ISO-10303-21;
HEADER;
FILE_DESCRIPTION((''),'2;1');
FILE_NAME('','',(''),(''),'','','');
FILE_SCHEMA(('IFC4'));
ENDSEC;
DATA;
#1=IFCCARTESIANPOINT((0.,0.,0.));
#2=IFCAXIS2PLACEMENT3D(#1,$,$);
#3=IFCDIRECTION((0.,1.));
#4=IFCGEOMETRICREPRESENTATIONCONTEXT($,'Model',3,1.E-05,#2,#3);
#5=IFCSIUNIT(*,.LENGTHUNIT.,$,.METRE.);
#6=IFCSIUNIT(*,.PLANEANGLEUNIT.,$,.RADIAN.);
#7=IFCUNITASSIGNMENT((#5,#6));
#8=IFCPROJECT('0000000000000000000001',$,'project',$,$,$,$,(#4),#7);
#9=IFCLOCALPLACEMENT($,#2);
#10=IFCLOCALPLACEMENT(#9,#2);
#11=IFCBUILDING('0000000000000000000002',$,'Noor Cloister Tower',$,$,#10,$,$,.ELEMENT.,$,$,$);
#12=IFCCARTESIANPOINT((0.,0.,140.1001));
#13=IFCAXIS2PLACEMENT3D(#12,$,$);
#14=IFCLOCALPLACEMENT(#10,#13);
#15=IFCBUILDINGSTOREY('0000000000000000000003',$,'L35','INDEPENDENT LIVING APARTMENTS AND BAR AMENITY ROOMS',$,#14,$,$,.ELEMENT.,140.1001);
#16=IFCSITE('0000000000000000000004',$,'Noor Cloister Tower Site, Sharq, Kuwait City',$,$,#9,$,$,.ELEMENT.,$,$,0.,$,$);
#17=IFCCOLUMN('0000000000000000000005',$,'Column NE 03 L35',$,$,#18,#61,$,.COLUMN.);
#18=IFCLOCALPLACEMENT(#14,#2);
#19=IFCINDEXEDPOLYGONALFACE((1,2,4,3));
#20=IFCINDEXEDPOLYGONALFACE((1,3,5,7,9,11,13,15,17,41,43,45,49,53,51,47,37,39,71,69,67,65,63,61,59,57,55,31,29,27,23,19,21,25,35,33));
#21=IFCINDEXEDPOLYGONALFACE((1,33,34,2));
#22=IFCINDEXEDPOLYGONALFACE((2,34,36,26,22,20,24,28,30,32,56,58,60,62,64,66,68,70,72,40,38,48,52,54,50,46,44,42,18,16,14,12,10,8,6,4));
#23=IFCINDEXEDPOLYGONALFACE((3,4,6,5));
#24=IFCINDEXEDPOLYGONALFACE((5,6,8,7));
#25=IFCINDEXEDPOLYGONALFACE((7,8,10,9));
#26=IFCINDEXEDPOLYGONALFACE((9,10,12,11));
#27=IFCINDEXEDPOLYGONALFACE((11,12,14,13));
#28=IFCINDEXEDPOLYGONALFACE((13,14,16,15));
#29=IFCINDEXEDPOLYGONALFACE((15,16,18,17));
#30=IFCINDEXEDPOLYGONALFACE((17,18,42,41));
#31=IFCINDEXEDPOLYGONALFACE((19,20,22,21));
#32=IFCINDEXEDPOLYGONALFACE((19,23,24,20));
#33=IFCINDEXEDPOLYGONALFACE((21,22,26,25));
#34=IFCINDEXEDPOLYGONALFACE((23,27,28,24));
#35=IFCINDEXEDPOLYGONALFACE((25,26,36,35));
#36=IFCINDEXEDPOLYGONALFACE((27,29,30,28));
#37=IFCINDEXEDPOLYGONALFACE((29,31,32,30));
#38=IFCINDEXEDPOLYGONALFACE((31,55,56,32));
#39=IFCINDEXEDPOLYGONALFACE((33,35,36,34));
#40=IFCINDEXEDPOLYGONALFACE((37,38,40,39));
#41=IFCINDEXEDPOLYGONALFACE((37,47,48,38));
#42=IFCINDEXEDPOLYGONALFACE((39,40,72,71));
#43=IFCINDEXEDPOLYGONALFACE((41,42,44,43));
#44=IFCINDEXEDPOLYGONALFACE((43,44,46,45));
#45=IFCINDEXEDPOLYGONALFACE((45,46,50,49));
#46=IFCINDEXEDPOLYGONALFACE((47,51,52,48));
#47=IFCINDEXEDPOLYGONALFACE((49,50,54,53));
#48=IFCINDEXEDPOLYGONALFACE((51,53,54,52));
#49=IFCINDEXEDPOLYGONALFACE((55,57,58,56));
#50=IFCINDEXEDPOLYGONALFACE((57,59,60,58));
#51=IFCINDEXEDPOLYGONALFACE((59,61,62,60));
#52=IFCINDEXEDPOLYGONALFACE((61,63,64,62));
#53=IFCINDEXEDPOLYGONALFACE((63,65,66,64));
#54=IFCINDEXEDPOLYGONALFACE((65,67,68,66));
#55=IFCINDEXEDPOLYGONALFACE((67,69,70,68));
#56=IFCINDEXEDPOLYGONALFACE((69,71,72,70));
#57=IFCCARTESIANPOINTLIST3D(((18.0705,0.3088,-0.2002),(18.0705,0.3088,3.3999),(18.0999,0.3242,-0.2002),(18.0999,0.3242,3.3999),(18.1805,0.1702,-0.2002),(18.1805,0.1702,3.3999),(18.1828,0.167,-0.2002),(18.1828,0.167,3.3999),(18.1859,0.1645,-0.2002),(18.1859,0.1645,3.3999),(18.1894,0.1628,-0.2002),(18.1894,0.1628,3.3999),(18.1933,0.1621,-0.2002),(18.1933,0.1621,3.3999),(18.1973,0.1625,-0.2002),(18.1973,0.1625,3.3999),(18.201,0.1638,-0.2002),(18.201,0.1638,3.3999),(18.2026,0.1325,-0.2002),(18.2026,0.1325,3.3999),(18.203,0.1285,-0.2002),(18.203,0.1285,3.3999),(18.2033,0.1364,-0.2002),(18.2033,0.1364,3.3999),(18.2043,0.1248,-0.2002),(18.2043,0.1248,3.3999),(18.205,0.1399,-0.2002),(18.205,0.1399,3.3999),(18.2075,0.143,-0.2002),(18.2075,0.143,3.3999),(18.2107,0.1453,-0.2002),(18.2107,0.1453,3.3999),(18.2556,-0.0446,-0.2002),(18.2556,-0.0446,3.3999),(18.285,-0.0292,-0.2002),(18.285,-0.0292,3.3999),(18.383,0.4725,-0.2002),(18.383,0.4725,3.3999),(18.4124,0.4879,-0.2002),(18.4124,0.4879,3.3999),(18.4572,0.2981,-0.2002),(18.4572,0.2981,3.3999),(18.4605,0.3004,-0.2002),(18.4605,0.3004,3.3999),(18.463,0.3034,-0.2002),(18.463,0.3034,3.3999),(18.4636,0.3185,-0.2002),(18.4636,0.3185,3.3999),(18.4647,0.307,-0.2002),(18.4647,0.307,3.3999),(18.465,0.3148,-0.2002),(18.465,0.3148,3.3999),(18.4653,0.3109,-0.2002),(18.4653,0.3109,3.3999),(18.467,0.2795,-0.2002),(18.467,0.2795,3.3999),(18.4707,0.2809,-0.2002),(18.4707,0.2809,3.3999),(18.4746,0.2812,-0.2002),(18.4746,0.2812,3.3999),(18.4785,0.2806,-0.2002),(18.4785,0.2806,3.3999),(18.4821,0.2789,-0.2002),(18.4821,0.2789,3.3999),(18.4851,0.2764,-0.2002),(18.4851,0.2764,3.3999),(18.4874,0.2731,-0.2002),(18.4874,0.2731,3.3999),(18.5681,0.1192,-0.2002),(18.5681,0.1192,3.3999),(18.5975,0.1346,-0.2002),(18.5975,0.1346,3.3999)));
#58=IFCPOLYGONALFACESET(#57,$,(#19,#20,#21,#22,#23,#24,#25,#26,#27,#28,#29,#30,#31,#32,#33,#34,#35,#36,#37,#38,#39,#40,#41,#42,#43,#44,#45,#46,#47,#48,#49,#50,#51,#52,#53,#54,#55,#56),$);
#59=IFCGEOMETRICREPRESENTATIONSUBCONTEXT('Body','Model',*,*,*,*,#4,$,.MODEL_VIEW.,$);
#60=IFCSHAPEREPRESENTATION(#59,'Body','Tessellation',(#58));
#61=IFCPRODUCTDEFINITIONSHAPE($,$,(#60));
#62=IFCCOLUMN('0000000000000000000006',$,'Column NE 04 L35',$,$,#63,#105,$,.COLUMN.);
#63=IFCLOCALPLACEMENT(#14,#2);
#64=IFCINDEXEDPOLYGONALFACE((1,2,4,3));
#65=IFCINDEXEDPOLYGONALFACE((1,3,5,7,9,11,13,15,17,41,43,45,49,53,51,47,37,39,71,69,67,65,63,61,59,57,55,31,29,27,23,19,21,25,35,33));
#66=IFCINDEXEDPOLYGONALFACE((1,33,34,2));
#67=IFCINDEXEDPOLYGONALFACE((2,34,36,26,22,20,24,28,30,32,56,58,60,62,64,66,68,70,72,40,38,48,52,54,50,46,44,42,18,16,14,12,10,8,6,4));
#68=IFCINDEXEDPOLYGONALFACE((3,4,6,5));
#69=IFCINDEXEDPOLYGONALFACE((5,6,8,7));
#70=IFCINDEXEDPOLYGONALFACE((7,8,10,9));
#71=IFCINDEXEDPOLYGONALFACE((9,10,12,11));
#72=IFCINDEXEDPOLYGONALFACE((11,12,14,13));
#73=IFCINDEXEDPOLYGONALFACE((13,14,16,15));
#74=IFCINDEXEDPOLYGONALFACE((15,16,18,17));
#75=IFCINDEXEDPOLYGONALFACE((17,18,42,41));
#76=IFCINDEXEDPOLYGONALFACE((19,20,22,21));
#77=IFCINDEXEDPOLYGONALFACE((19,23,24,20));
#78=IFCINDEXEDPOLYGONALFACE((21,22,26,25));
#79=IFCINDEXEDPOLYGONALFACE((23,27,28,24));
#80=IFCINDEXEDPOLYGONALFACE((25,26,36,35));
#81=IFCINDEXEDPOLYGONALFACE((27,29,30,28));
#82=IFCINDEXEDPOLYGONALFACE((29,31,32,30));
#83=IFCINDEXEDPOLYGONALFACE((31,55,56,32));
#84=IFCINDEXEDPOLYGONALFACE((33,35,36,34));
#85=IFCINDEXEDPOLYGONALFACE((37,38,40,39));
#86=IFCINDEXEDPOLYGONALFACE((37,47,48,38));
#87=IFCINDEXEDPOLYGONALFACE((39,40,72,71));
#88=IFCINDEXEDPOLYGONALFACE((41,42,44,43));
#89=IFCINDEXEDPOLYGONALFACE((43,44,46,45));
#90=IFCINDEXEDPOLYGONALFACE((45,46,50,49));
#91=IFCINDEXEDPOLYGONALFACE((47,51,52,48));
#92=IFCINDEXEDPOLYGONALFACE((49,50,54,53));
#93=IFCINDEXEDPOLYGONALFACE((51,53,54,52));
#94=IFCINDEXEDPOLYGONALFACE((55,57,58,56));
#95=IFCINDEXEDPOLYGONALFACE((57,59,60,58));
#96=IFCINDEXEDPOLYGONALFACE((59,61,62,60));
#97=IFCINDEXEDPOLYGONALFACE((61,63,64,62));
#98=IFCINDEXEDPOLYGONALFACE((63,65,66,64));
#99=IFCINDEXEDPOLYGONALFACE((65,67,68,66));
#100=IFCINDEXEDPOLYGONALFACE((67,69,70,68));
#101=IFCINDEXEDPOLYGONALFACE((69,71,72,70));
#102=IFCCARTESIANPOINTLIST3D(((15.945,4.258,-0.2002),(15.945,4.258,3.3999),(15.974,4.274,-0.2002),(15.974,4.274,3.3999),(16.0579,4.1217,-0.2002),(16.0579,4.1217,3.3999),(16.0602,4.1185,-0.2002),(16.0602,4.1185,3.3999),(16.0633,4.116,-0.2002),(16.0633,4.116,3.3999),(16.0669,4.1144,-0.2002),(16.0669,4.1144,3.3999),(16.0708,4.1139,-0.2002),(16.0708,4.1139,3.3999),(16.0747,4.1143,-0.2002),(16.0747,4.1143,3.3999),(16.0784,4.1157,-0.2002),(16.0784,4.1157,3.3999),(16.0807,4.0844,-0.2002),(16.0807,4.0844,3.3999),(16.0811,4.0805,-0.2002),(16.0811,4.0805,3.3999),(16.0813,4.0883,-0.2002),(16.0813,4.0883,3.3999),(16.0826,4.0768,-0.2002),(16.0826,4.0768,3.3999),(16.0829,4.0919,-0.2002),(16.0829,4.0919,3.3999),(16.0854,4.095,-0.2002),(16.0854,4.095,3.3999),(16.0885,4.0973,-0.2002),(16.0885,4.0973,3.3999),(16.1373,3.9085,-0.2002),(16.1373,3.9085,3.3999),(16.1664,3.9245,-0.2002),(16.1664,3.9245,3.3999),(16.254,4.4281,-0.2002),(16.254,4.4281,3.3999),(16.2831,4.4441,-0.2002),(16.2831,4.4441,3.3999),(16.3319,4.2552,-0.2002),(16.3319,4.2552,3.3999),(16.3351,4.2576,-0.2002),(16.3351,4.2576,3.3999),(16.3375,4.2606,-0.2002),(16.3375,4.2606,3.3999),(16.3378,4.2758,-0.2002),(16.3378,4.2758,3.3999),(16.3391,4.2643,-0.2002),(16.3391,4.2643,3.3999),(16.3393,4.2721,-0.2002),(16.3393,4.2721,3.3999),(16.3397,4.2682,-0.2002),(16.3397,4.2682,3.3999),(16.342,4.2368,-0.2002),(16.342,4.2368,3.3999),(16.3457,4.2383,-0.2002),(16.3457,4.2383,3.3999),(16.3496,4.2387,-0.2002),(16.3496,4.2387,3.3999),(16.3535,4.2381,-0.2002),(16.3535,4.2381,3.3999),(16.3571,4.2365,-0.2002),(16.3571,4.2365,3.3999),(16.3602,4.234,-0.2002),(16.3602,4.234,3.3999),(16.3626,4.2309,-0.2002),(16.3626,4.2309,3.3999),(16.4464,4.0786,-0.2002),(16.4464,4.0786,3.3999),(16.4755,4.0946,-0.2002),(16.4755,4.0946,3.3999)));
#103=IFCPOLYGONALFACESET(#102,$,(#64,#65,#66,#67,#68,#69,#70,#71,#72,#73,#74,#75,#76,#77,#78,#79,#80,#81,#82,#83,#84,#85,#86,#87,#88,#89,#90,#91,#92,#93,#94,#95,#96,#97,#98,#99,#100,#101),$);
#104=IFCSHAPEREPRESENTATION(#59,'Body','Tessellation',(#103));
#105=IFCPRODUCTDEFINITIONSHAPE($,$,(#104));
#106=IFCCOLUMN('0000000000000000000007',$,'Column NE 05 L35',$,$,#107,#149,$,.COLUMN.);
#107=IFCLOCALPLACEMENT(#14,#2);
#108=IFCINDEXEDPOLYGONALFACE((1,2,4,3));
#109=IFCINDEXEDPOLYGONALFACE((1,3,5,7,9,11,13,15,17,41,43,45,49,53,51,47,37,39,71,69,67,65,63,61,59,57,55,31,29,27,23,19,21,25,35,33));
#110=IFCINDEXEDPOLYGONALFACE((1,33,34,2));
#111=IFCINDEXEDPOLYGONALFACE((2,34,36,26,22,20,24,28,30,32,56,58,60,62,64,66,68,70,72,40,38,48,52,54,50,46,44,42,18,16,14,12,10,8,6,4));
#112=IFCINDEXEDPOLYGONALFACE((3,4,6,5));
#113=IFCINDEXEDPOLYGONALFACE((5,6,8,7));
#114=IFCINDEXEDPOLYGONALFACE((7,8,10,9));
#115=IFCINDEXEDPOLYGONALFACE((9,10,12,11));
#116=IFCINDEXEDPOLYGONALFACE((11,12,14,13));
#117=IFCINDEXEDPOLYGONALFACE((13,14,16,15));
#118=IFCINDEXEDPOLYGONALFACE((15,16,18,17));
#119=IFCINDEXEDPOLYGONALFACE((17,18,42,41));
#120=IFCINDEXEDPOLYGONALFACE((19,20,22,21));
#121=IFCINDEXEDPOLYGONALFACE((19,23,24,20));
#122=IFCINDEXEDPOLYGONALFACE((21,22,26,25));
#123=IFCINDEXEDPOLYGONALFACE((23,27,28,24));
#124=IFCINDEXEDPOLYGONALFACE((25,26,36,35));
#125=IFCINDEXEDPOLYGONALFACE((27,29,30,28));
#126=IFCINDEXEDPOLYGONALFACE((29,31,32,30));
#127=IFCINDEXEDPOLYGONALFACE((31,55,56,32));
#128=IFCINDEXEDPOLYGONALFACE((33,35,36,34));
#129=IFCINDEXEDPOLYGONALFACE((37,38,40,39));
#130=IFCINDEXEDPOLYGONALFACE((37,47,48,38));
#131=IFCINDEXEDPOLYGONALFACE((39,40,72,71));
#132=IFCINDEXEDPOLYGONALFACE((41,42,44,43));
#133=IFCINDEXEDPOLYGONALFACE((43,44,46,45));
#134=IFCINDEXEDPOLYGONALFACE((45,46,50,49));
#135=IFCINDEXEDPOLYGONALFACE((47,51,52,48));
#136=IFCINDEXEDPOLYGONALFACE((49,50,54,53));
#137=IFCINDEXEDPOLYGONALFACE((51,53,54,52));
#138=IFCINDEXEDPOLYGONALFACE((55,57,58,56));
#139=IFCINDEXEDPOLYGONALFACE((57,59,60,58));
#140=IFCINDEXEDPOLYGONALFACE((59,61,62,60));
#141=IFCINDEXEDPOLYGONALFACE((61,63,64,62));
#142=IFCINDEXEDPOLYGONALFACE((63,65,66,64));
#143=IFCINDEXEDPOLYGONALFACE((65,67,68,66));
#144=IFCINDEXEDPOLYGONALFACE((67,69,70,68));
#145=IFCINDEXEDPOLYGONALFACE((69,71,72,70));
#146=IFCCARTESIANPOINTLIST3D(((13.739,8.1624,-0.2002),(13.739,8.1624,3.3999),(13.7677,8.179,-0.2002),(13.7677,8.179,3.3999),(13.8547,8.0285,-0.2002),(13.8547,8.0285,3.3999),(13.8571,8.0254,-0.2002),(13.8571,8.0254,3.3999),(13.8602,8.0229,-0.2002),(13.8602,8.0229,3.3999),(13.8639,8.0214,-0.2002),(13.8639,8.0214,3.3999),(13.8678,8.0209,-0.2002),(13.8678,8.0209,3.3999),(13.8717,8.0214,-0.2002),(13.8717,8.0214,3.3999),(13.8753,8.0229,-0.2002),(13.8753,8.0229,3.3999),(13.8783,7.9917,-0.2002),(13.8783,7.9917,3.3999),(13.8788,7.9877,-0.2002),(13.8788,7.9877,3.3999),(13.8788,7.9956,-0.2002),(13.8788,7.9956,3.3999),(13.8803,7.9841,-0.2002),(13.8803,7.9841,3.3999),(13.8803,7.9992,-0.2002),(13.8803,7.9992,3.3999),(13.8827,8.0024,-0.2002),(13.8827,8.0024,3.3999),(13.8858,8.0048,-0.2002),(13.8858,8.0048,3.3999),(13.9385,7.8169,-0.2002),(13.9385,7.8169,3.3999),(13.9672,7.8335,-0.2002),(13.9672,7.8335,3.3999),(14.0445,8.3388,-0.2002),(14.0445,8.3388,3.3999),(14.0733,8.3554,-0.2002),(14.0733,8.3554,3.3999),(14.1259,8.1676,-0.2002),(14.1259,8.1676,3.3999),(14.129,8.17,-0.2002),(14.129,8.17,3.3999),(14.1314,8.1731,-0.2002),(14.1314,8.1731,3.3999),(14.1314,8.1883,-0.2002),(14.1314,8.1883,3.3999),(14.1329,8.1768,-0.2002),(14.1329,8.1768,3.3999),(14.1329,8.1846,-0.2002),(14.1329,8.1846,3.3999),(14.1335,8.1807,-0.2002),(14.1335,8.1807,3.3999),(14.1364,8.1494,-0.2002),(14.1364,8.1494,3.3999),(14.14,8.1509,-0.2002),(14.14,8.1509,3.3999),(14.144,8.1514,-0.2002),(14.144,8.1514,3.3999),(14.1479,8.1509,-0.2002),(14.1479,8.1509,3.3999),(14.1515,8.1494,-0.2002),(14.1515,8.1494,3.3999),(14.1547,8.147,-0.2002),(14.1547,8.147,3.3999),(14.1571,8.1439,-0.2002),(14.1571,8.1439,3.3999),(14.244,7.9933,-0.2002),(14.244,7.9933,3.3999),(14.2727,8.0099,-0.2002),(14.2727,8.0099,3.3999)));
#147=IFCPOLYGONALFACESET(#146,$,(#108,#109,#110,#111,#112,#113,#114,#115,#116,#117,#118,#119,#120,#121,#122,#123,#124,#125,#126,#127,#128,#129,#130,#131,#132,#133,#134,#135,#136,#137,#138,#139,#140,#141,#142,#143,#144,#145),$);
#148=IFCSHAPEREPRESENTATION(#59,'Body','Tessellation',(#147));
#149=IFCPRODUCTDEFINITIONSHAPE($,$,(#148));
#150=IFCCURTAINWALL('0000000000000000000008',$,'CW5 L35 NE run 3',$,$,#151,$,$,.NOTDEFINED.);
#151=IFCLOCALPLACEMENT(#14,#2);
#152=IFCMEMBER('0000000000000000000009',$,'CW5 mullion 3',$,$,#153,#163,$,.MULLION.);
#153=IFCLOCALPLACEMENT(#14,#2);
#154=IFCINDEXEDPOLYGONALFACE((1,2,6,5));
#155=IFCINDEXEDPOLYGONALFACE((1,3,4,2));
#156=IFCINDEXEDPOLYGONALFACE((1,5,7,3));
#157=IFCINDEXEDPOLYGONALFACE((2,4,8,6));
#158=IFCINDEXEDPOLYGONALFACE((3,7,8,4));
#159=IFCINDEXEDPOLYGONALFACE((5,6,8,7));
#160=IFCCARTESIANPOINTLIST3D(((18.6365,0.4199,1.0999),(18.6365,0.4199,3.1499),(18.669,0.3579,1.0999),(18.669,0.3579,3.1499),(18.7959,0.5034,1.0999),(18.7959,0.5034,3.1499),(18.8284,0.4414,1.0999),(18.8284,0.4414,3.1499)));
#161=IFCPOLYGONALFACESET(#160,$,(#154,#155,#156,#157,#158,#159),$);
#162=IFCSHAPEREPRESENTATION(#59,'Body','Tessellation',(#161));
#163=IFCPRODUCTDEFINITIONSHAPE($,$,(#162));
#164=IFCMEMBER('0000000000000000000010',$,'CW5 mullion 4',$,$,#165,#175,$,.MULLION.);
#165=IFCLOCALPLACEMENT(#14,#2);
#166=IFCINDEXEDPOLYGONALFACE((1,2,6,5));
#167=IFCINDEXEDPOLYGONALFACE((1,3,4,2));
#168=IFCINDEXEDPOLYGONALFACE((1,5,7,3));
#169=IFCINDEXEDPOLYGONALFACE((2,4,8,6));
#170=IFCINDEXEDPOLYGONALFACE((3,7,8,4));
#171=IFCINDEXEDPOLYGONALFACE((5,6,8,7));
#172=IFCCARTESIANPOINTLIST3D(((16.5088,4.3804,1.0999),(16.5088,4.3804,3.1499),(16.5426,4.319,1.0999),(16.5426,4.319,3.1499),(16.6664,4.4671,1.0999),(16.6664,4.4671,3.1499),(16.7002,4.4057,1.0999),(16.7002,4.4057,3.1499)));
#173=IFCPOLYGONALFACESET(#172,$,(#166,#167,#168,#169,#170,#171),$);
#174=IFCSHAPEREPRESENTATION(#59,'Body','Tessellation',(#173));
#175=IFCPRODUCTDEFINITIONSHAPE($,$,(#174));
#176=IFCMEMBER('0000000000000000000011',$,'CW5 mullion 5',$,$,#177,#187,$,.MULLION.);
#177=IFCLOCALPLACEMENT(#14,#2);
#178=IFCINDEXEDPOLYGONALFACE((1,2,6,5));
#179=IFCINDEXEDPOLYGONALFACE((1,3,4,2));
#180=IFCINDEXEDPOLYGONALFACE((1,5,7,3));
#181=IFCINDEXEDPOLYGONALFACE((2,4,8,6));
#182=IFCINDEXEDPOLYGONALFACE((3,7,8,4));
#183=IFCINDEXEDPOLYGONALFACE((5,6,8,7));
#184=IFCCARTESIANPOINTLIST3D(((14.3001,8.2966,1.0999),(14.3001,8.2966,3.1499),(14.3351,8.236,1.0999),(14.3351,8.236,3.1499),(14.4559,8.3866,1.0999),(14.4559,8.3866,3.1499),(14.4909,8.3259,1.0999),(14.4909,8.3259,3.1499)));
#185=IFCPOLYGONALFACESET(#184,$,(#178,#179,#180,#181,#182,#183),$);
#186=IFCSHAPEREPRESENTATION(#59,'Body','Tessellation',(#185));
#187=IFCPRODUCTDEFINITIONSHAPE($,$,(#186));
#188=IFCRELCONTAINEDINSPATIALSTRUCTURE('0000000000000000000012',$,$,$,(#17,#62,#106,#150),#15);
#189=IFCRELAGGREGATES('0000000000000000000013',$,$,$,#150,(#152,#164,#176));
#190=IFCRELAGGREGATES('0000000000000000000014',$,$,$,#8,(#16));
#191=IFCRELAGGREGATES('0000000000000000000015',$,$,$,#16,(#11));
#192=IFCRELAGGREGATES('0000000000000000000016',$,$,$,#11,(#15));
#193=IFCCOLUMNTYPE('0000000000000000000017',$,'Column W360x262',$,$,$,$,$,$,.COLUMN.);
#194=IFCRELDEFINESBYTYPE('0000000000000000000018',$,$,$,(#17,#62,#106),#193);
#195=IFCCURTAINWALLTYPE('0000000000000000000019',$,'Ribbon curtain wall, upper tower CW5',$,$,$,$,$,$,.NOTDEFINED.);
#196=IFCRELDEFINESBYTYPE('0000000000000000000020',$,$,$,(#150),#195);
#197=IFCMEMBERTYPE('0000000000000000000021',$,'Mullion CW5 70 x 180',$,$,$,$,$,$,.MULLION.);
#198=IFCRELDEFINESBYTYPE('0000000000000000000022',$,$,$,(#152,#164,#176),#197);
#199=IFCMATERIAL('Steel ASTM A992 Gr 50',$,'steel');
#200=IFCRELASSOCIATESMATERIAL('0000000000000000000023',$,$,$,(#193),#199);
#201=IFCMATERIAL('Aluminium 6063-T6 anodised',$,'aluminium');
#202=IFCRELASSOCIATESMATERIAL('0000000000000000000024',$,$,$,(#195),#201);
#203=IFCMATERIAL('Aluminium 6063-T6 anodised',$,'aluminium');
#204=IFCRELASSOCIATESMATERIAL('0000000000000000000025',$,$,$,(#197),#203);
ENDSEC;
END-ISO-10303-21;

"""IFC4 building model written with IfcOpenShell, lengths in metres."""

from ifc_helpers import new_model, si_unit, direction, frame, origin, origin_2d, place, context, subcontext, project, spatial, rectangle, i_section, extrude, material, material_profile, profile_set, type_object, element, aggregate, save


model = new_model("IFC4")

# Units and contexts
model_context = context("Model", 3, precision=1e-05, world=origin(), true_north=direction((0.0, 1.0)))
body_context = subcontext(model_context, "Body", "Model", "MODEL_VIEW")
ifc_project = project(units=[si_unit("LENGTHUNIT", "METRE"), si_unit("PLANEANGLEUNIT", "RADIAN")], contexts=[model_context])

# Site, building, storey
site_placement = place(None, origin())
site = spatial("IfcSite", under=ifc_project, at=site_placement, Name="Noor Cloister Tower Site, Sharq, Kuwait City", CompositionType="ELEMENT", RefElevation=0.0)
building_placement = place(site_placement, origin())
building = spatial("IfcBuilding", under=site, at=building_placement, Name="Noor Cloister Tower", CompositionType="ELEMENT")
storey_placement = place(building_placement, frame((0.0, 0.0, 140.1001)))
storey = spatial("IfcBuildingStorey", under=building, at=storey_placement, Name="L35", Description="INDEPENDENT LIVING APARTMENTS AND BAR AMENITY ROOMS", CompositionType="ELEMENT", Elevation=140.1001)

# Columns
ifc_material_1 = material(Name="Steel ASTM A992 Gr 50", Category="steel")
ifc_material_profile_1 = material_profile(ifc_material_1, i_section(OverallWidth=0.3989, OverallDepth=0.386, WebThickness=0.021, FlangeThickness=0.0332, FilletRadius=0.0151, at=origin_2d()), Name="W360x262")
ifc_profile_set_1 = profile_set([ifc_material_profile_1], Name="Steel ASTM A992 Gr 50")
column_type = type_object("IfcColumnType", Name="Column W360x262", PredefinedType="COLUMN", material=ifc_profile_set_1)
for number, where, z_axis, x_axis, name in (
    (1, (18.334, 0.2217, -0.2002), (0.0, 0.0, 1.0), (-0.464077, 0.885795, 0.0), "Column NE 03 L35"),
    (2, (16.2102, 4.1763, -0.2002), (0.0, 0.0, 1.0), (-0.48214, 0.876094, 0.0), "Column NE 04 L35"),
    (3, (14.0059, 8.0862, -0.2002), (0.0, 0.0, 1.0), (-0.5, 0.866025, 0.0), "Column NE 05 L35"),
):
    element("IfcColumn", number, at=place(storey_placement, frame(where, z_axis=z_axis, x_axis=x_axis)), inside=storey, type_object=column_type, Name=name, PredefinedType="COLUMN", context=body_context, shape_type="SweptSolid", body=[
        extrude(i_section(OverallWidth=0.3989, OverallDepth=0.386, WebThickness=0.021, FlangeThickness=0.0332, FilletRadius=0.0151, at=origin_2d()), origin(), (0.0, 0.0, 1.0), 3.6001),
    ])

# Curtain wall, members
ifc_material_2 = material(Name="Aluminium 6063-T6 anodised", Category="aluminium")
curtain_wall_type = type_object("IfcCurtainWallType", Name="Ribbon curtain wall, upper tower CW5", PredefinedType="NOTDEFINED", material=ifc_material_2)
curtain_wall_placement = place(storey_placement, origin())
curtain_wall = element("IfcCurtainWall", 4, at=curtain_wall_placement, inside=storey, type_object=curtain_wall_type, Name="CW5 L35 NE run 3", PredefinedType="NOTDEFINED")
ifc_material_3 = material(Name="Aluminium 6063-T6 anodised", Category="aluminium")
ifc_material_profile_2 = material_profile(ifc_material_3, rectangle(XDim=0.1799, YDim=0.0701, at=origin_2d()), Name="180 x 70 mullion")
ifc_profile_set_2 = profile_set([ifc_material_profile_2], Name="Aluminium 6063-T6 anodised")
member_type = type_object("IfcMemberType", Name="Mullion CW5 70 x 180", PredefinedType="MULLION", material=ifc_profile_set_2)
member_1_placement = place(storey_placement, frame((18.7324, 0.4307, 1.0999), z_axis=(0.0, 0.0, 1.0), x_axis=(-0.885795, -0.464077, 0.0)))
member_1 = element("IfcMember", 5, at=member_1_placement, type_object=member_type, Name="CW5 mullion 3", PredefinedType="MULLION", context=body_context, shape_type="SweptSolid", body=[
    extrude(rectangle(XDim=0.1799, YDim=0.0701, at=origin_2d()), origin(), (0.0, 0.0, 1.0), 2.05),
])
member_2_placement = place(storey_placement, frame((16.6045, 4.3931, 1.0999), z_axis=(0.0, 0.0, 1.0), x_axis=(-0.876094, -0.48214, 0.0)))
member_2 = element("IfcMember", 6, at=member_2_placement, type_object=member_type, Name="CW5 mullion 4", PredefinedType="MULLION", context=body_context, shape_type="SweptSolid", body=[
    extrude(rectangle(XDim=0.1799, YDim=0.0701, at=origin_2d()), origin(), (0.0, 0.0, 1.0), 2.05),
])
member_3_placement = place(storey_placement, frame((14.3955, 8.3113, 1.0999), z_axis=(0.0, 0.0, 1.0), x_axis=(-0.866025, -0.5, 0.0)))
member_3 = element("IfcMember", 7, at=member_3_placement, type_object=member_type, Name="CW5 mullion 5", PredefinedType="MULLION", context=body_context, shape_type="SweptSolid", body=[
    extrude(rectangle(XDim=0.1799, YDim=0.0701, at=origin_2d()), origin(), (0.0, 0.0, 1.0), 2.05),
])

aggregate(curtain_wall, [member_1, member_2, member_3])

save(model, "model.ifc")
